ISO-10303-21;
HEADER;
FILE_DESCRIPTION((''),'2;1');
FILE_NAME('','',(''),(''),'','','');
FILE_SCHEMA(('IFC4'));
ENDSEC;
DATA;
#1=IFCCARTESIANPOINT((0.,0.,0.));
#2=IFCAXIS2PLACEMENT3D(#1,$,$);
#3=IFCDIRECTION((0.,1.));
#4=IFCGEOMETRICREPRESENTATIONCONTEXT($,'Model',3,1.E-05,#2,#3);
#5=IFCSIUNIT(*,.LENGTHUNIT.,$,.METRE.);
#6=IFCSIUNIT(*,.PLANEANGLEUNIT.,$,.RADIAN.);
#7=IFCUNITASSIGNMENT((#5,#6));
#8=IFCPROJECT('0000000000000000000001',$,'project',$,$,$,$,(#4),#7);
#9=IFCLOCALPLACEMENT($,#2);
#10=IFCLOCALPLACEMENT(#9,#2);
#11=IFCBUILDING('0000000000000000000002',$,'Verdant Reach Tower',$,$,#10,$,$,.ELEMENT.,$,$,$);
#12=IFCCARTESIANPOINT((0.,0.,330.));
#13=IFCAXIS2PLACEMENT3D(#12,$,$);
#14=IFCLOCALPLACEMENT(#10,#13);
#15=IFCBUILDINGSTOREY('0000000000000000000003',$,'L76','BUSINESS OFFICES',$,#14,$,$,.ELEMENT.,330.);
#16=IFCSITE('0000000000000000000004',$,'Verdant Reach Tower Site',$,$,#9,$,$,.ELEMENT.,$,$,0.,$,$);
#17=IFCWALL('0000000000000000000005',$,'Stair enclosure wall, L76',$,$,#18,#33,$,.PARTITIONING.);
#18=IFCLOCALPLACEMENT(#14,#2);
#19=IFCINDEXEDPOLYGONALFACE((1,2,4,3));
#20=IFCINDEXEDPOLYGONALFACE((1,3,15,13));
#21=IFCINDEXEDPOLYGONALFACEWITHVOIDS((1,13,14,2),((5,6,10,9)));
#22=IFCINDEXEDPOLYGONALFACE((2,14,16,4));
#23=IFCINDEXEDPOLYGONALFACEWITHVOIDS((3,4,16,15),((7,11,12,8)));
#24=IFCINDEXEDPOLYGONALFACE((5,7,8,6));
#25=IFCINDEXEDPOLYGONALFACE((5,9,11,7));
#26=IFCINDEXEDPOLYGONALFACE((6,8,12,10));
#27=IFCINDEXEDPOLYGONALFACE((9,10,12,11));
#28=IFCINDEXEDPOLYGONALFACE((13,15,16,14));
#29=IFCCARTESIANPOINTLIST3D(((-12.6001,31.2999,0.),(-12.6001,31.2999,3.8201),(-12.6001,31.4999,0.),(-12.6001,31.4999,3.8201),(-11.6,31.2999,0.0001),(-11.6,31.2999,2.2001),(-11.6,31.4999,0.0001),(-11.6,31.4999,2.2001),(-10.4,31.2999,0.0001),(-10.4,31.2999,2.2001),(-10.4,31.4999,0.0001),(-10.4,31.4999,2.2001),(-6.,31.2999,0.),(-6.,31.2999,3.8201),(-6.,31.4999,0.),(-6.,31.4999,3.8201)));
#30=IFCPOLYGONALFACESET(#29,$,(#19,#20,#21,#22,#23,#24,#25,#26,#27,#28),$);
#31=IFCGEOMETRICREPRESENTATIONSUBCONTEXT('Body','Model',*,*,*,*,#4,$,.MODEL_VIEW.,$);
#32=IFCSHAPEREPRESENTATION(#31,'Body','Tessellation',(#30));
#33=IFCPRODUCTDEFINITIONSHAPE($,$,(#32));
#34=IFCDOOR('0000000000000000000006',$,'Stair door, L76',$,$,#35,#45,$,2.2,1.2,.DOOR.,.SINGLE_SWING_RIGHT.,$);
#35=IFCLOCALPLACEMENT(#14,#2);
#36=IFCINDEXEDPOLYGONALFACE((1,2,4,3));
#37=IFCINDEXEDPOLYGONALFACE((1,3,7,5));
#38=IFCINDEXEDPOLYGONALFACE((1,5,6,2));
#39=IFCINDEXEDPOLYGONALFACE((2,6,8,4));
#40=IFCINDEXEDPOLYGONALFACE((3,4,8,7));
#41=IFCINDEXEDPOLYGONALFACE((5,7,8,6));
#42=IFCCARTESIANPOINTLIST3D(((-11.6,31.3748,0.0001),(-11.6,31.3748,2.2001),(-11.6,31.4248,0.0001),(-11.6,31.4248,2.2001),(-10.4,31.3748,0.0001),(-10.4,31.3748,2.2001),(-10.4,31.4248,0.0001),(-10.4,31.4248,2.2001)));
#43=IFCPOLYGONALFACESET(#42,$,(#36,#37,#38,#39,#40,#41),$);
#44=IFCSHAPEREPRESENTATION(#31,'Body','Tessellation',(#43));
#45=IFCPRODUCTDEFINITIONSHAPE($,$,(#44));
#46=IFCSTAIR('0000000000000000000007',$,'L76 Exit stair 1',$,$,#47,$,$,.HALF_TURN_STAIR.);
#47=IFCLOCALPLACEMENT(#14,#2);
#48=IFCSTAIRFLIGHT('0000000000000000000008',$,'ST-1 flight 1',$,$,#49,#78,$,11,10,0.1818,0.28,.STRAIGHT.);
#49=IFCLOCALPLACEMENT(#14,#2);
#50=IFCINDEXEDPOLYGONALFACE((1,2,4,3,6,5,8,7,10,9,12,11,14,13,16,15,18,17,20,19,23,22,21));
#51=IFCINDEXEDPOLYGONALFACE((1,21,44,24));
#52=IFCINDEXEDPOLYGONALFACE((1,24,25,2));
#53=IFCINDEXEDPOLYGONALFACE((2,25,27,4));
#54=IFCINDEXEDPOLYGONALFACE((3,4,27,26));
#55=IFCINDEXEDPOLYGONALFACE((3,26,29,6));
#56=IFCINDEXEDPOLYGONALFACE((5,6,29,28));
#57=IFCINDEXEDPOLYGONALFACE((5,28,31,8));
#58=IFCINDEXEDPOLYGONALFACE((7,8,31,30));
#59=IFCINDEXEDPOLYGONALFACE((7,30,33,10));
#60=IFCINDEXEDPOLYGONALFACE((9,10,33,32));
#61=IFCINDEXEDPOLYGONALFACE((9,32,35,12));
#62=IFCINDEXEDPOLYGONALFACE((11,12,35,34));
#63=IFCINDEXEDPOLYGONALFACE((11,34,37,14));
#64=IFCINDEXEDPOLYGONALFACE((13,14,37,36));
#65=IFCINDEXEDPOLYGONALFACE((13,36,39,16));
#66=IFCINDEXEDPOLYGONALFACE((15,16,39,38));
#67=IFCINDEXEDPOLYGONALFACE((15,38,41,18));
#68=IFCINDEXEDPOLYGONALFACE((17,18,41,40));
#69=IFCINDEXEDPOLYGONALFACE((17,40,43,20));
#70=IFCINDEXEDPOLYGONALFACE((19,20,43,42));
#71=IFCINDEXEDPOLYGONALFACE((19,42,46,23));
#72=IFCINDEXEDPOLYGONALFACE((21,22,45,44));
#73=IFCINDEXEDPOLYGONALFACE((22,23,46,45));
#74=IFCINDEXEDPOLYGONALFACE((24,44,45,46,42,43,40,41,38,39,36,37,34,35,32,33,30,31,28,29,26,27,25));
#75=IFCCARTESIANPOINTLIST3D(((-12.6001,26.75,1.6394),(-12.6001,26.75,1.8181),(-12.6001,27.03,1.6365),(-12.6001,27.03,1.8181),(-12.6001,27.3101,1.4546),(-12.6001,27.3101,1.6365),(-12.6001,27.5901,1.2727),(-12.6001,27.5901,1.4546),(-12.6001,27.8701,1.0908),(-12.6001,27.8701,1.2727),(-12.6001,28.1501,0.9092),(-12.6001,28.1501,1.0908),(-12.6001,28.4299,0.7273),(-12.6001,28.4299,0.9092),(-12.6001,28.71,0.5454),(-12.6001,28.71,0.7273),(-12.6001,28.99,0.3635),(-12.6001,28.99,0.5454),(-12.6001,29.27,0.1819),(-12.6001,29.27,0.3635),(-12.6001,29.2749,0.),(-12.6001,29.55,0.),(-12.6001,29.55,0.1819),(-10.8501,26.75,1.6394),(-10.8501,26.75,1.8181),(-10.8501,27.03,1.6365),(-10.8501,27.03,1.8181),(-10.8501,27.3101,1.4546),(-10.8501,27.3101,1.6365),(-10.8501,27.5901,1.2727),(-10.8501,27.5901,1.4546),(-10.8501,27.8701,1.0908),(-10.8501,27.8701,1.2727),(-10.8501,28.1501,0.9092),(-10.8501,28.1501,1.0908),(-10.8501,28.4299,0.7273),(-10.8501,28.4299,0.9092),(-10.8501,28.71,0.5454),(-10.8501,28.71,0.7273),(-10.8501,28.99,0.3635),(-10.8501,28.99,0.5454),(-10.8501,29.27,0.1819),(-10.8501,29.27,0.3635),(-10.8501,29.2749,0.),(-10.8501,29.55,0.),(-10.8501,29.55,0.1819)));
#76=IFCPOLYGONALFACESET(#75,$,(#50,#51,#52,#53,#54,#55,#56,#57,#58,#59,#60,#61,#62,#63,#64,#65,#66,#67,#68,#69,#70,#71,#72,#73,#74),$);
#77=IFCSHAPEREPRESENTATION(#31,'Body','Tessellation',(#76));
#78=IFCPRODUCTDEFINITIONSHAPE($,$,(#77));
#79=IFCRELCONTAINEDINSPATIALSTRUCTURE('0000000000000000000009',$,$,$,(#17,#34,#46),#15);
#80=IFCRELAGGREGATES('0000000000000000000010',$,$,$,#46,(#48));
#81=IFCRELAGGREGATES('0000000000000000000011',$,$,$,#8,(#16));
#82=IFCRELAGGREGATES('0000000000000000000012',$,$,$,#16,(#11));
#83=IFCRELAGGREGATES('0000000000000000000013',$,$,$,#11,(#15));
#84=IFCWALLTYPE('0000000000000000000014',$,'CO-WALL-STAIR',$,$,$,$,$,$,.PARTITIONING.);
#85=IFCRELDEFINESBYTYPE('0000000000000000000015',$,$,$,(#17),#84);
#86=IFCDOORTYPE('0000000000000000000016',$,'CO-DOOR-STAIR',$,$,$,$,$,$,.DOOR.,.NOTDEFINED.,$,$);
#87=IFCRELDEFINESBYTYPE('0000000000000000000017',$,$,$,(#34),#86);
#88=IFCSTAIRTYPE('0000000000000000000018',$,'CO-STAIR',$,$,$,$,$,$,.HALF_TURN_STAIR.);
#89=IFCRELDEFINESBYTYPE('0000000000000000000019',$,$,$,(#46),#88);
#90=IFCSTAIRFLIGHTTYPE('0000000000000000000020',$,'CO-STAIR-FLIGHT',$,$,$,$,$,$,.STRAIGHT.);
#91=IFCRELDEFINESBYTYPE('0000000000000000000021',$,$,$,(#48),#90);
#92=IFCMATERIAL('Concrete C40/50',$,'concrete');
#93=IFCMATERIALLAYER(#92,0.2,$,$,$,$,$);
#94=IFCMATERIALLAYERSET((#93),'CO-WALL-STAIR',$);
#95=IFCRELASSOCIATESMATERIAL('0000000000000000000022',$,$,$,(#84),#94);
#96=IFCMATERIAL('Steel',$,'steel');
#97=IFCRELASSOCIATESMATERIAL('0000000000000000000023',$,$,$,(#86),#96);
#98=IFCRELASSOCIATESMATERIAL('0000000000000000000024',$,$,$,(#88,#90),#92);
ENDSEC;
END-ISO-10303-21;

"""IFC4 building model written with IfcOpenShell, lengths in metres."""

from ifc_helpers import new_model, si_unit, direction, frame, frame_2d, origin, place, context, subcontext, project, spatial, polyline, rectangle, outline, extrude, material, layer, layer_set, type_object, element, fill, aggregate, save


model = new_model("IFC4")

# Units and contexts
model_context = context("Model", 3, precision=1e-05, world=origin(), true_north=direction((0.0, 1.0)))
body_context = subcontext(model_context, "Body", "Model", "MODEL_VIEW")
ifc_project = project(units=[si_unit("LENGTHUNIT", "METRE"), si_unit("PLANEANGLEUNIT", "RADIAN")], contexts=[model_context])

# Site, building, storey
site_placement = place(None, origin())
site = spatial("IfcSite", under=ifc_project, at=site_placement, Name="Verdant Reach Tower Site", CompositionType="ELEMENT", RefElevation=0.0)
building_placement = place(site_placement, origin())
building = spatial("IfcBuilding", under=site, at=building_placement, Name="Verdant Reach Tower", CompositionType="ELEMENT")
storey_placement = place(building_placement, frame((0.0, 0.0, 330.0)))
storey = spatial("IfcBuildingStorey", under=building, at=storey_placement, Name="L76", Description="BUSINESS OFFICES", CompositionType="ELEMENT", Elevation=330.0)

# Shared definitions
ifc_material_1 = material(Name="Concrete C40/50", Category="concrete")
ifc_material_2 = material(Name="Steel", Category="steel")

# Wall, opening, door
ifc_layer_1 = layer(ifc_material_1, 0.2)
ifc_layer_set_1 = layer_set([ifc_layer_1], Name="CO-WALL-STAIR")
wall_type_1 = type_object("IfcWallType", Name="CO-WALL-STAIR", PredefinedType="PARTITIONING", material=ifc_layer_set_1)
wall_1_placement = place(storey_placement, frame((-12.6001, 31.3999, 0.0), z_axis=(0.0, 0.0, 1.0), x_axis=(1.0, 0.0, 0.0)))
wall_1 = element("IfcWall", 1, at=wall_1_placement, inside=storey, type_object=wall_type_1, Name="Stair enclosure wall, L76", PredefinedType="PARTITIONING", context=body_context, shape_type="SweptSolid", body=[
    extrude(rectangle(XDim=6.6001, YDim=0.2, at=frame_2d((3.3, 0.0))), origin(), (0.0, 0.0, 1.0), 3.8201),
])
opening_1_placement = place(wall_1_placement, frame((1.0, 0.0, 0.0)))
opening_1 = element("IfcOpeningElement", 2, at=opening_1_placement, cuts=wall_1, PredefinedType="OPENING", context=body_context, shape_type="SweptSolid", body=[
    extrude(rectangle(XDim=1.2, YDim=2.2, at=frame_2d((0.6001, 1.1001))), frame((0.0, 0.1099, 0.0), z_axis=(0.0, -1.0, 0.0), x_axis=(1.0, 0.0, 0.0)), (0.0, 0.0, 1.0), 0.22),
])
door_type_1 = type_object("IfcDoorType", Name="CO-DOOR-STAIR", OperationType="NOTDEFINED", PredefinedType="DOOR", material=ifc_material_2)
door_1_placement = place(opening_1_placement, origin())
door_1 = element("IfcDoor", 3, at=door_1_placement, inside=storey, type_object=door_type_1, Name="Stair door, L76", OperationType="SINGLE_SWING_RIGHT", OverallHeight=2.2, OverallWidth=1.2, PredefinedType="DOOR", context=body_context, shape_type="SweptSolid", body=[
    extrude(rectangle(XDim=1.2, YDim=2.2, at=frame_2d((0.6001, 1.1001))), frame((0.0, 0.0249, 0.0), z_axis=(0.0, -1.0, 0.0), x_axis=(1.0, 0.0, 0.0)), (0.0, 0.0, 1.0), 0.05),
])
fill(opening_1, door_1)

# Stair, stair flight
stair_type = type_object("IfcStairType", Name="CO-STAIR", PredefinedType="HALF_TURN_STAIR", material=ifc_material_1)
stair_placement = place(storey_placement, origin())
stair = element("IfcStair", 4, at=stair_placement, inside=storey, type_object=stair_type, Name="L76 Exit stair 1", PredefinedType="HALF_TURN_STAIR")
stair_flight_type = type_object("IfcStairFlightType", Name="CO-STAIR-FLIGHT", PredefinedType="STRAIGHT", material=ifc_material_1)
stair_flight_placement = place(storey_placement, frame((-11.7251, 29.55, 0.0), z_axis=(0.0, 0.0, 1.0), x_axis=(0.0, -1.0, 0.0)))
stair_flight = element("IfcStairFlight", 5, at=stair_flight_placement, type_object=stair_flight_type, Name="ST-1 flight 1", NumberOfRisers=11, NumberOfTreads=10, PredefinedType="STRAIGHT", RiserHeight=0.1818, TreadLength=0.28, context=body_context, shape_type="SweptSolid", body=[
    extrude(outline(polyline([(0.0, 0.0), (0.0, 0.1819), (0.28, 0.1819), (0.28, 0.3635), (0.5601, 0.3635), (0.5601, 0.5454), (0.8401, 0.5454), (0.8401, 0.7273), (1.1201, 0.7273), (1.1201, 0.9092), (1.3999, 0.9092), (1.3999, 1.0908), (1.6799, 1.0908), (1.6799, 1.2727), (1.96, 1.2727), (1.96, 1.4546), (2.24, 1.4546), (2.24, 1.6365), (2.52, 1.6365), (2.52, 1.8181), (2.8, 1.8181), (2.8, 2.0), (2.8, 1.6394), (0.2751, 0.0), (0.0, 0.0)])), frame((0.0, 0.875, 0.0), z_axis=(0.0, -1.0, 0.0), x_axis=(1.0, 0.0, 0.0)), (0.0, 0.0, 1.0), 1.75),
])
aggregate(stair, [stair_flight])

save(model, "model.ifc")
